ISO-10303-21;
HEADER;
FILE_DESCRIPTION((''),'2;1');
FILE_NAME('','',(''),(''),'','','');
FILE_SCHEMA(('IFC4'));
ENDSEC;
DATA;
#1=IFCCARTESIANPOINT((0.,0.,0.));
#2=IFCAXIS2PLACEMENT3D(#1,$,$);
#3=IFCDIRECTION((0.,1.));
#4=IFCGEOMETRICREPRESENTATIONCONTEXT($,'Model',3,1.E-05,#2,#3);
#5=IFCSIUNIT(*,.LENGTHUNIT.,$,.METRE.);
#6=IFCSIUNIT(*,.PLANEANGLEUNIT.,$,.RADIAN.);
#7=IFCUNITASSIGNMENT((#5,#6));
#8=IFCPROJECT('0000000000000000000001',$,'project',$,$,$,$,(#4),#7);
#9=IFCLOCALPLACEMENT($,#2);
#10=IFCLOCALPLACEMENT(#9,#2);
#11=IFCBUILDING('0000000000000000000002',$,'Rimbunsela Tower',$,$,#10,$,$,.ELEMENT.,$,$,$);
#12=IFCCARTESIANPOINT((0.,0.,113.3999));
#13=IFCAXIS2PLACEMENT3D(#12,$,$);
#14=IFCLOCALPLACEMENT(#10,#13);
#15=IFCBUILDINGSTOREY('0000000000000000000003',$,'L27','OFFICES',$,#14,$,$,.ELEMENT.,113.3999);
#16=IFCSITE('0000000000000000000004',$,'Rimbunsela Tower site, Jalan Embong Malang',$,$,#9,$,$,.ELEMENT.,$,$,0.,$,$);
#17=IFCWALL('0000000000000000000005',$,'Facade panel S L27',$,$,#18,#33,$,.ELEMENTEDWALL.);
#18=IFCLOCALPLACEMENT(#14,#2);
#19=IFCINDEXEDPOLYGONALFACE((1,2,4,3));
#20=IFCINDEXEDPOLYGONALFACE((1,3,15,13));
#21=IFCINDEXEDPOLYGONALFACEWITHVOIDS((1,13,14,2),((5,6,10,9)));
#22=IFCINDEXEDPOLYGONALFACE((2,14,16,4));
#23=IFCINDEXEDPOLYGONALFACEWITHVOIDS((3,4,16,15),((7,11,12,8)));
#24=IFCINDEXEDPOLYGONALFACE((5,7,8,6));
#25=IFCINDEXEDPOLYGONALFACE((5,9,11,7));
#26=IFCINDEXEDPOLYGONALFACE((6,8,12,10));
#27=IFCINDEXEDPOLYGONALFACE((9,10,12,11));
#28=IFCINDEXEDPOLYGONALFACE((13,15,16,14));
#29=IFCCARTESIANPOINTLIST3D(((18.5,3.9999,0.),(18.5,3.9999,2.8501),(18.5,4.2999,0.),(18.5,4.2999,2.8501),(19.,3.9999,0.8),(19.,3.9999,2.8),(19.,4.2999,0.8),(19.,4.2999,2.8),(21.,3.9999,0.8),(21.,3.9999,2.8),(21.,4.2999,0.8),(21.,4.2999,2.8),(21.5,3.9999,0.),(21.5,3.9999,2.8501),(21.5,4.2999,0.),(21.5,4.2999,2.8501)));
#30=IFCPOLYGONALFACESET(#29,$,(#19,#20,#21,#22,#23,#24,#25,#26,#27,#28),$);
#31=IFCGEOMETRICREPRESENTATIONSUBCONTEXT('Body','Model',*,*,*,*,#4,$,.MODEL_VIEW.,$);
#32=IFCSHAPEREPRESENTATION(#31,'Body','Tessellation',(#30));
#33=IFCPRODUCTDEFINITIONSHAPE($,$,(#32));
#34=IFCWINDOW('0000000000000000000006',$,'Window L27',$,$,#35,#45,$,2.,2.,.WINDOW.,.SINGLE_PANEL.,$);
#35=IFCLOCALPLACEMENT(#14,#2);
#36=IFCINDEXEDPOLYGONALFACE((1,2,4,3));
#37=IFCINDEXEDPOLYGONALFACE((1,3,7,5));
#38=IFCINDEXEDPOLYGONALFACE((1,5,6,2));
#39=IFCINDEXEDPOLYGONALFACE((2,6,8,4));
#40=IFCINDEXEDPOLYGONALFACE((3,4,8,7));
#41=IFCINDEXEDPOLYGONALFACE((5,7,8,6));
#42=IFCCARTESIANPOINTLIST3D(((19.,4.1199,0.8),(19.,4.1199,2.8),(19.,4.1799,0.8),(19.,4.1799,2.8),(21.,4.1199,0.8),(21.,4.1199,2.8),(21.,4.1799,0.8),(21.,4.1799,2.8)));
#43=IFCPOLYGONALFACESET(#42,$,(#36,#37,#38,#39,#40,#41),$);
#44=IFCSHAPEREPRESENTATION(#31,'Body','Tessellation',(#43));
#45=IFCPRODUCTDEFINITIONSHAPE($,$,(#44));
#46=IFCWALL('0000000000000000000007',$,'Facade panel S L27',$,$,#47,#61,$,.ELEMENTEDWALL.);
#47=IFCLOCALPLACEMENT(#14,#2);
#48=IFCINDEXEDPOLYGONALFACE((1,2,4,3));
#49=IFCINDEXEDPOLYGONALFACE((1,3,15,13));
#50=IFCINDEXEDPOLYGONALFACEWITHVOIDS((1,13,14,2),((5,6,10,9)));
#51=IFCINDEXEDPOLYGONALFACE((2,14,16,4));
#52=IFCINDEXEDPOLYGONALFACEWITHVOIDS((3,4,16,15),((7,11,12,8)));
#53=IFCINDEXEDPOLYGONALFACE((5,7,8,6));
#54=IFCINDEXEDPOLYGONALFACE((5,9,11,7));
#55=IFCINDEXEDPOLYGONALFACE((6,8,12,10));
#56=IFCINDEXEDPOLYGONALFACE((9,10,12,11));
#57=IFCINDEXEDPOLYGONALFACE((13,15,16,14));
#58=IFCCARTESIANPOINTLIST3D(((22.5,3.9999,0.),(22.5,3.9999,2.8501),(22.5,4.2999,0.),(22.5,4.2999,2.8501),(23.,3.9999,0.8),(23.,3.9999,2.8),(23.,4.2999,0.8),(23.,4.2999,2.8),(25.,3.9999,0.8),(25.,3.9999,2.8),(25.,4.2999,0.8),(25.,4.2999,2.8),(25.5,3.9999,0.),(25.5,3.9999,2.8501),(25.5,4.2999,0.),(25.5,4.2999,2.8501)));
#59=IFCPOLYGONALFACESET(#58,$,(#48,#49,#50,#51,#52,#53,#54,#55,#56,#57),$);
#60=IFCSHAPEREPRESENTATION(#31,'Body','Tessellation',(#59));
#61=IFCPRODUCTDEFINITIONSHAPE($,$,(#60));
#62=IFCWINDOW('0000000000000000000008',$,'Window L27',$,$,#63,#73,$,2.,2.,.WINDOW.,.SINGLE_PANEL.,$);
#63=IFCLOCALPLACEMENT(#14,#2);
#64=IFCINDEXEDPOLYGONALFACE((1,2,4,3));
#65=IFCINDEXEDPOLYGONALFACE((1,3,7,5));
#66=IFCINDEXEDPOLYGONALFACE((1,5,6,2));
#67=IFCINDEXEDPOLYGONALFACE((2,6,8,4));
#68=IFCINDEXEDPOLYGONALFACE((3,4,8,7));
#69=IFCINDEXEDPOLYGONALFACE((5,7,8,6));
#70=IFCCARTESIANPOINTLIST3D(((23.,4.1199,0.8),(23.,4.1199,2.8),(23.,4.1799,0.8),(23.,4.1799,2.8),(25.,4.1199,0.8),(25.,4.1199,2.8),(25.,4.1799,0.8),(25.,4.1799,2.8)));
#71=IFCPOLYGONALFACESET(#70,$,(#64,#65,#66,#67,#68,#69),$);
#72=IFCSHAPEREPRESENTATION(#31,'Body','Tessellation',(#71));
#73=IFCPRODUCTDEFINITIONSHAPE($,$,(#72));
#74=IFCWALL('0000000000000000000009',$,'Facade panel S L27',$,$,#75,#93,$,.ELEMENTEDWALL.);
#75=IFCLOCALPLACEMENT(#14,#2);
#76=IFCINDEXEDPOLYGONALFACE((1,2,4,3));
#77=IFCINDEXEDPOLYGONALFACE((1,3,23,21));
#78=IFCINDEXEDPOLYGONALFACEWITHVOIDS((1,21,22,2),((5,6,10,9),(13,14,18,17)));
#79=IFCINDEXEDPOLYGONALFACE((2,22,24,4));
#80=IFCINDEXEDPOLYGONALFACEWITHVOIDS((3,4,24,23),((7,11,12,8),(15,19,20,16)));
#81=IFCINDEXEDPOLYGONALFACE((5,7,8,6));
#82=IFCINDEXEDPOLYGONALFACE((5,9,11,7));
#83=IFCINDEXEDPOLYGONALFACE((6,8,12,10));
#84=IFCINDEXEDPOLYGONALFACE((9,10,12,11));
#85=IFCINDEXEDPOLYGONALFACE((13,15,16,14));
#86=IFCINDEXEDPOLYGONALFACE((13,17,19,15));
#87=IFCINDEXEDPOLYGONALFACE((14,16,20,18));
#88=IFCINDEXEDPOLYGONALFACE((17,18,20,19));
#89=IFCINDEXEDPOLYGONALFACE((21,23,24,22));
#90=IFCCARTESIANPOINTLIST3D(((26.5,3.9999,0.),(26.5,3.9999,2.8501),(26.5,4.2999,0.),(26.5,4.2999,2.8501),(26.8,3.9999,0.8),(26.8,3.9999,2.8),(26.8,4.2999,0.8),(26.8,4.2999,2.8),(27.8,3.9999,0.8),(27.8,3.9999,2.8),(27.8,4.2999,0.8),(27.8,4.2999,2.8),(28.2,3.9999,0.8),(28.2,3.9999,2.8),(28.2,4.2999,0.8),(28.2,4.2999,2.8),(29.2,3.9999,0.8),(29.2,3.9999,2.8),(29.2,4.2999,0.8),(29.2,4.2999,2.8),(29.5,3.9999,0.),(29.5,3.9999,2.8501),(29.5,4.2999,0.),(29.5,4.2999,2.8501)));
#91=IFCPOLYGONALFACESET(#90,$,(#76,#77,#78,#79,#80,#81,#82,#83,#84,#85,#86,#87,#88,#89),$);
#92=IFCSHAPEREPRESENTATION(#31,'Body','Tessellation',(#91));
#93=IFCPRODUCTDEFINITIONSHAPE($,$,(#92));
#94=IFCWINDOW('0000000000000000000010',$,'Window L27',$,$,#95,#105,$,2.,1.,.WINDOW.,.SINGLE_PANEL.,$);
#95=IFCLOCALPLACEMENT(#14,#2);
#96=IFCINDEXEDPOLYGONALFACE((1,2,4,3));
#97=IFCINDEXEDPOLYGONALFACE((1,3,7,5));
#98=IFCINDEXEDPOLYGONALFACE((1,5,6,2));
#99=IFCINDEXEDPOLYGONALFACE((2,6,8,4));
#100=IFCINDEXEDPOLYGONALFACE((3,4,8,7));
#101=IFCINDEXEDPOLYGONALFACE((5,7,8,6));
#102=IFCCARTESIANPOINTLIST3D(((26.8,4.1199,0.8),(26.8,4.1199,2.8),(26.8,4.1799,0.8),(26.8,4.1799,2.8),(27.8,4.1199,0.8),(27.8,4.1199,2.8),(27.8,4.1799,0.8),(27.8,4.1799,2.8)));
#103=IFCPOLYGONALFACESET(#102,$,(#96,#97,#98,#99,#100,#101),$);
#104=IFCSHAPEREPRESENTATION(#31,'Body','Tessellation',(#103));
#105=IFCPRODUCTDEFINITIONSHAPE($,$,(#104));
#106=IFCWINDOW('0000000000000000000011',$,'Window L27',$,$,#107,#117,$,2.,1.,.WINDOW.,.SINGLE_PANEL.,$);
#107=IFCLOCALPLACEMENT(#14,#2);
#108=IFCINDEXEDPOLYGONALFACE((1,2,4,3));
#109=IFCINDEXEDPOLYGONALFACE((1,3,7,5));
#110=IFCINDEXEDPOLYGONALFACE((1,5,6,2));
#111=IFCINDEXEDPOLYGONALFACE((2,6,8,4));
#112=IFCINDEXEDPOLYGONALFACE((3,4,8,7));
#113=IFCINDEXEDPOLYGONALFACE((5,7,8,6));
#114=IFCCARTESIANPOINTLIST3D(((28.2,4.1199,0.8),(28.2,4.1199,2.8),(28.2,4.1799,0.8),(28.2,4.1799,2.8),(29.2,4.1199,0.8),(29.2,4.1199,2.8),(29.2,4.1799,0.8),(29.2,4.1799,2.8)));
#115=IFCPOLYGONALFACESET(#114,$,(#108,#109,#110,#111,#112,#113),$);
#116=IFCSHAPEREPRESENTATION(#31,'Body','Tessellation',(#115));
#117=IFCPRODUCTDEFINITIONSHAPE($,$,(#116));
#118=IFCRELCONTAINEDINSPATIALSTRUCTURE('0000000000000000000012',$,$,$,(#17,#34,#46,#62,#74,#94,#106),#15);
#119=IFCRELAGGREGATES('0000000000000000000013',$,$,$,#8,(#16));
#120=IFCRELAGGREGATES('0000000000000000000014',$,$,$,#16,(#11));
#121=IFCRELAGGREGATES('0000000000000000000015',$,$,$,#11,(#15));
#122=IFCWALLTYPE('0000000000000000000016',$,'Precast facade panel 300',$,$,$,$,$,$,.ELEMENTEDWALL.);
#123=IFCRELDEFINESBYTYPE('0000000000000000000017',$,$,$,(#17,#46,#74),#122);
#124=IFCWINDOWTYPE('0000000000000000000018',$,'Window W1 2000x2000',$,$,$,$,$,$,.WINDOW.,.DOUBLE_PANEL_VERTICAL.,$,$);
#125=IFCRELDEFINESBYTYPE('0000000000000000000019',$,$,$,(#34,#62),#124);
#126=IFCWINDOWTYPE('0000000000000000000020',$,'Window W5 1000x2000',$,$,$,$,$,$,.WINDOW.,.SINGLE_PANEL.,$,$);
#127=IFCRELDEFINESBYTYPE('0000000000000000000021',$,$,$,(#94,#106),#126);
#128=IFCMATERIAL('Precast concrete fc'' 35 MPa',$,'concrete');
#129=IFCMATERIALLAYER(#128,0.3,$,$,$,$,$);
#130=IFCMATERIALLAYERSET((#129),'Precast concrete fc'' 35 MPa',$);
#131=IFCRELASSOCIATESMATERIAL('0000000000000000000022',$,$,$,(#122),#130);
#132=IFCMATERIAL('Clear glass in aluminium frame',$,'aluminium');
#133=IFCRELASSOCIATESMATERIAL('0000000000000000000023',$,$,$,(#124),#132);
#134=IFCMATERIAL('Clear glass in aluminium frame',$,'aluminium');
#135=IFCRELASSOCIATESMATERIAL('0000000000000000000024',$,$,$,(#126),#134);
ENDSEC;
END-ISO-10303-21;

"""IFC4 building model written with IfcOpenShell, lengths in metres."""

from ifc_helpers import new_model, si_unit, direction, frame, frame_2d, origin, place, context, subcontext, project, spatial, rectangle, extrude, material, layer, layer_set, type_object, element, fill, save


model = new_model("IFC4")

# Units and contexts
model_context = context("Model", 3, precision=1e-05, world=origin(), true_north=direction((0.0, 1.0)))
body_context = subcontext(model_context, "Body", "Model", "MODEL_VIEW")
ifc_project = project(units=[si_unit("LENGTHUNIT", "METRE"), si_unit("PLANEANGLEUNIT", "RADIAN")], contexts=[model_context])

# Site, building, storey
site_placement = place(None, origin())
site = spatial("IfcSite", under=ifc_project, at=site_placement, Name="Rimbunsela Tower site, Jalan Embong Malang", CompositionType="ELEMENT", RefElevation=0.0)
building_placement = place(site_placement, origin())
building = spatial("IfcBuilding", under=site, at=building_placement, Name="Rimbunsela Tower", CompositionType="ELEMENT")
storey_placement = place(building_placement, frame((0.0, 0.0, 113.3999)))
storey = spatial("IfcBuildingStorey", under=building, at=storey_placement, Name="L27", Description="OFFICES", CompositionType="ELEMENT", Elevation=113.3999)

# Walls, openings, windows
ifc_material_1 = material(Name="Precast concrete fc' 35 MPa", Category="concrete")
ifc_layer_1 = layer(ifc_material_1, 0.3)
ifc_layer_set_1 = layer_set([ifc_layer_1], Name="Precast concrete fc' 35 MPa")
wall_type_1 = type_object("IfcWallType", Name="Precast facade panel 300", PredefinedType="ELEMENTEDWALL", material=ifc_layer_set_1)
wall_1_placement = place(storey_placement, frame((18.5, 4.1499, 0.0), z_axis=(0.0, 0.0, 1.0), x_axis=(1.0, 0.0, 0.0)))
wall_1 = element("IfcWall", 1, at=wall_1_placement, inside=storey, type_object=wall_type_1, Name="Facade panel S L27", PredefinedType="ELEMENTEDWALL", context=body_context, shape_type="SweptSolid", body=[
    extrude(rectangle(XDim=3.0, YDim=0.3, at=frame_2d((1.5, 0.0))), origin(), (0.0, 0.0, 1.0), 2.8501),
])
opening_1_placement = place(wall_1_placement, frame((0.5, 0.0, 0.8)))
opening_1 = element("IfcOpeningElement", 2, at=opening_1_placement, cuts=wall_1, PredefinedType="OPENING", context=body_context, shape_type="SweptSolid", body=[
    extrude(rectangle(XDim=2.0, YDim=2.0, at=frame_2d((1.0, 1.0))), frame((0.0, 0.1599, 0.0), z_axis=(0.0, -1.0, 0.0), x_axis=(1.0, 0.0, 0.0)), (0.0, 0.0, 1.0), 0.3201),
])
ifc_material_2 = material(Name="Clear glass in aluminium frame", Category="aluminium")
window_type_1 = type_object("IfcWindowType", Name="Window W1 2000x2000", PartitioningType="DOUBLE_PANEL_VERTICAL", PredefinedType="WINDOW", material=ifc_material_2)
window_1_placement = place(opening_1_placement, origin())
window_1 = element("IfcWindow", 3, at=window_1_placement, inside=storey, type_object=window_type_1, Name="Window L27", OverallHeight=2.0, OverallWidth=2.0, PartitioningType="SINGLE_PANEL", PredefinedType="WINDOW", context=body_context, shape_type="SweptSolid", body=[
    extrude(rectangle(XDim=2.0, YDim=2.0, at=frame_2d((1.0, 1.0))), frame((0.0, 0.03, 0.0), z_axis=(0.0, -1.0, 0.0), x_axis=(1.0, 0.0, 0.0)), (0.0, 0.0, 1.0), 0.0601),
])
fill(opening_1, window_1)
wall_2_placement = place(storey_placement, frame((22.5, 4.1499, 0.0), z_axis=(0.0, 0.0, 1.0), x_axis=(1.0, 0.0, 0.0)))
wall_2 = element("IfcWall", 4, at=wall_2_placement, inside=storey, type_object=wall_type_1, Name="Facade panel S L27", PredefinedType="ELEMENTEDWALL", context=body_context, shape_type="SweptSolid", body=[
    extrude(rectangle(XDim=3.0, YDim=0.3, at=frame_2d((1.5, 0.0))), origin(), (0.0, 0.0, 1.0), 2.8501),
])
opening_2_placement = place(wall_2_placement, frame((0.5, 0.0, 0.8)))
opening_2 = element("IfcOpeningElement", 5, at=opening_2_placement, cuts=wall_2, PredefinedType="OPENING", context=body_context, shape_type="SweptSolid", body=[
    extrude(rectangle(XDim=2.0, YDim=2.0, at=frame_2d((1.0, 1.0))), frame((0.0, 0.1599, 0.0), z_axis=(0.0, -1.0, 0.0), x_axis=(1.0, 0.0, 0.0)), (0.0, 0.0, 1.0), 0.3201),
])
window_2_placement = place(opening_2_placement, origin())
window_2 = element("IfcWindow", 6, at=window_2_placement, inside=storey, type_object=window_type_1, Name="Window L27", OverallHeight=2.0, OverallWidth=2.0, PartitioningType="SINGLE_PANEL", PredefinedType="WINDOW", context=body_context, shape_type="SweptSolid", body=[
    extrude(rectangle(XDim=2.0, YDim=2.0, at=frame_2d((1.0, 1.0))), frame((0.0, 0.03, 0.0), z_axis=(0.0, -1.0, 0.0), x_axis=(1.0, 0.0, 0.0)), (0.0, 0.0, 1.0), 0.0601),
])
fill(opening_2, window_2)

# Wall, openings, windows
wall_3_placement = place(storey_placement, frame((26.5, 4.1499, 0.0), z_axis=(0.0, 0.0, 1.0), x_axis=(1.0, 0.0, 0.0)))
wall_3 = element("IfcWall", 7, at=wall_3_placement, inside=storey, type_object=wall_type_1, Name="Facade panel S L27", PredefinedType="ELEMENTEDWALL", context=body_context, shape_type="SweptSolid", body=[
    extrude(rectangle(XDim=3.0, YDim=0.3, at=frame_2d((1.5, 0.0))), origin(), (0.0, 0.0, 1.0), 2.8501),
])
opening_3_placement = place(wall_3_placement, frame((0.3, 0.0, 0.8)))
opening_3 = element("IfcOpeningElement", 8, at=opening_3_placement, cuts=wall_3, PredefinedType="OPENING", context=body_context, shape_type="SweptSolid", body=[
    extrude(rectangle(XDim=1.0, YDim=2.0, at=frame_2d((0.5, 1.0))), frame((0.0, 0.1599, 0.0), z_axis=(0.0, -1.0, 0.0), x_axis=(1.0, 0.0, 0.0)), (0.0, 0.0, 1.0), 0.3201),
])
opening_4_placement = place(wall_3_placement, frame((1.7, 0.0, 0.8)))
opening_4 = element("IfcOpeningElement", 9, at=opening_4_placement, cuts=wall_3, PredefinedType="OPENING", context=body_context, shape_type="SweptSolid", body=[
    extrude(rectangle(XDim=1.0, YDim=2.0, at=frame_2d((0.5, 1.0))), frame((0.0, 0.1599, 0.0), z_axis=(0.0, -1.0, 0.0), x_axis=(1.0, 0.0, 0.0)), (0.0, 0.0, 1.0), 0.3201),
])
ifc_material_3 = material(Name="Clear glass in aluminium frame", Category="aluminium")
window_type_2 = type_object("IfcWindowType", Name="Window W5 1000x2000", PartitioningType="SINGLE_PANEL", PredefinedType="WINDOW", material=ifc_material_3)
window_3_placement = place(opening_3_placement, origin())
window_3 = element("IfcWindow", 10, at=window_3_placement, inside=storey, type_object=window_type_2, Name="Window L27", OverallHeight=2.0, OverallWidth=1.0, PartitioningType="SINGLE_PANEL", PredefinedType="WINDOW", context=body_context, shape_type="SweptSolid", body=[
    extrude(rectangle(XDim=1.0, YDim=2.0, at=frame_2d((0.5, 1.0))), frame((0.0, 0.03, 0.0), z_axis=(0.0, -1.0, 0.0), x_axis=(1.0, 0.0, 0.0)), (0.0, 0.0, 1.0), 0.0601),
])
fill(opening_3, window_3)
window_4_placement = place(opening_4_placement, origin())
window_4 = element("IfcWindow", 11, at=window_4_placement, inside=storey, type_object=window_type_2, Name="Window L27", OverallHeight=2.0, OverallWidth=1.0, PartitioningType="SINGLE_PANEL", PredefinedType="WINDOW", context=body_context, shape_type="SweptSolid", body=[
    extrude(rectangle(XDim=1.0, YDim=2.0, at=frame_2d((0.5, 1.0))), frame((0.0, 0.03, 0.0), z_axis=(0.0, -1.0, 0.0), x_axis=(1.0, 0.0, 0.0)), (0.0, 0.0, 1.0), 0.0601),
])
fill(opening_4, window_4)

save(model, "model.ifc")
